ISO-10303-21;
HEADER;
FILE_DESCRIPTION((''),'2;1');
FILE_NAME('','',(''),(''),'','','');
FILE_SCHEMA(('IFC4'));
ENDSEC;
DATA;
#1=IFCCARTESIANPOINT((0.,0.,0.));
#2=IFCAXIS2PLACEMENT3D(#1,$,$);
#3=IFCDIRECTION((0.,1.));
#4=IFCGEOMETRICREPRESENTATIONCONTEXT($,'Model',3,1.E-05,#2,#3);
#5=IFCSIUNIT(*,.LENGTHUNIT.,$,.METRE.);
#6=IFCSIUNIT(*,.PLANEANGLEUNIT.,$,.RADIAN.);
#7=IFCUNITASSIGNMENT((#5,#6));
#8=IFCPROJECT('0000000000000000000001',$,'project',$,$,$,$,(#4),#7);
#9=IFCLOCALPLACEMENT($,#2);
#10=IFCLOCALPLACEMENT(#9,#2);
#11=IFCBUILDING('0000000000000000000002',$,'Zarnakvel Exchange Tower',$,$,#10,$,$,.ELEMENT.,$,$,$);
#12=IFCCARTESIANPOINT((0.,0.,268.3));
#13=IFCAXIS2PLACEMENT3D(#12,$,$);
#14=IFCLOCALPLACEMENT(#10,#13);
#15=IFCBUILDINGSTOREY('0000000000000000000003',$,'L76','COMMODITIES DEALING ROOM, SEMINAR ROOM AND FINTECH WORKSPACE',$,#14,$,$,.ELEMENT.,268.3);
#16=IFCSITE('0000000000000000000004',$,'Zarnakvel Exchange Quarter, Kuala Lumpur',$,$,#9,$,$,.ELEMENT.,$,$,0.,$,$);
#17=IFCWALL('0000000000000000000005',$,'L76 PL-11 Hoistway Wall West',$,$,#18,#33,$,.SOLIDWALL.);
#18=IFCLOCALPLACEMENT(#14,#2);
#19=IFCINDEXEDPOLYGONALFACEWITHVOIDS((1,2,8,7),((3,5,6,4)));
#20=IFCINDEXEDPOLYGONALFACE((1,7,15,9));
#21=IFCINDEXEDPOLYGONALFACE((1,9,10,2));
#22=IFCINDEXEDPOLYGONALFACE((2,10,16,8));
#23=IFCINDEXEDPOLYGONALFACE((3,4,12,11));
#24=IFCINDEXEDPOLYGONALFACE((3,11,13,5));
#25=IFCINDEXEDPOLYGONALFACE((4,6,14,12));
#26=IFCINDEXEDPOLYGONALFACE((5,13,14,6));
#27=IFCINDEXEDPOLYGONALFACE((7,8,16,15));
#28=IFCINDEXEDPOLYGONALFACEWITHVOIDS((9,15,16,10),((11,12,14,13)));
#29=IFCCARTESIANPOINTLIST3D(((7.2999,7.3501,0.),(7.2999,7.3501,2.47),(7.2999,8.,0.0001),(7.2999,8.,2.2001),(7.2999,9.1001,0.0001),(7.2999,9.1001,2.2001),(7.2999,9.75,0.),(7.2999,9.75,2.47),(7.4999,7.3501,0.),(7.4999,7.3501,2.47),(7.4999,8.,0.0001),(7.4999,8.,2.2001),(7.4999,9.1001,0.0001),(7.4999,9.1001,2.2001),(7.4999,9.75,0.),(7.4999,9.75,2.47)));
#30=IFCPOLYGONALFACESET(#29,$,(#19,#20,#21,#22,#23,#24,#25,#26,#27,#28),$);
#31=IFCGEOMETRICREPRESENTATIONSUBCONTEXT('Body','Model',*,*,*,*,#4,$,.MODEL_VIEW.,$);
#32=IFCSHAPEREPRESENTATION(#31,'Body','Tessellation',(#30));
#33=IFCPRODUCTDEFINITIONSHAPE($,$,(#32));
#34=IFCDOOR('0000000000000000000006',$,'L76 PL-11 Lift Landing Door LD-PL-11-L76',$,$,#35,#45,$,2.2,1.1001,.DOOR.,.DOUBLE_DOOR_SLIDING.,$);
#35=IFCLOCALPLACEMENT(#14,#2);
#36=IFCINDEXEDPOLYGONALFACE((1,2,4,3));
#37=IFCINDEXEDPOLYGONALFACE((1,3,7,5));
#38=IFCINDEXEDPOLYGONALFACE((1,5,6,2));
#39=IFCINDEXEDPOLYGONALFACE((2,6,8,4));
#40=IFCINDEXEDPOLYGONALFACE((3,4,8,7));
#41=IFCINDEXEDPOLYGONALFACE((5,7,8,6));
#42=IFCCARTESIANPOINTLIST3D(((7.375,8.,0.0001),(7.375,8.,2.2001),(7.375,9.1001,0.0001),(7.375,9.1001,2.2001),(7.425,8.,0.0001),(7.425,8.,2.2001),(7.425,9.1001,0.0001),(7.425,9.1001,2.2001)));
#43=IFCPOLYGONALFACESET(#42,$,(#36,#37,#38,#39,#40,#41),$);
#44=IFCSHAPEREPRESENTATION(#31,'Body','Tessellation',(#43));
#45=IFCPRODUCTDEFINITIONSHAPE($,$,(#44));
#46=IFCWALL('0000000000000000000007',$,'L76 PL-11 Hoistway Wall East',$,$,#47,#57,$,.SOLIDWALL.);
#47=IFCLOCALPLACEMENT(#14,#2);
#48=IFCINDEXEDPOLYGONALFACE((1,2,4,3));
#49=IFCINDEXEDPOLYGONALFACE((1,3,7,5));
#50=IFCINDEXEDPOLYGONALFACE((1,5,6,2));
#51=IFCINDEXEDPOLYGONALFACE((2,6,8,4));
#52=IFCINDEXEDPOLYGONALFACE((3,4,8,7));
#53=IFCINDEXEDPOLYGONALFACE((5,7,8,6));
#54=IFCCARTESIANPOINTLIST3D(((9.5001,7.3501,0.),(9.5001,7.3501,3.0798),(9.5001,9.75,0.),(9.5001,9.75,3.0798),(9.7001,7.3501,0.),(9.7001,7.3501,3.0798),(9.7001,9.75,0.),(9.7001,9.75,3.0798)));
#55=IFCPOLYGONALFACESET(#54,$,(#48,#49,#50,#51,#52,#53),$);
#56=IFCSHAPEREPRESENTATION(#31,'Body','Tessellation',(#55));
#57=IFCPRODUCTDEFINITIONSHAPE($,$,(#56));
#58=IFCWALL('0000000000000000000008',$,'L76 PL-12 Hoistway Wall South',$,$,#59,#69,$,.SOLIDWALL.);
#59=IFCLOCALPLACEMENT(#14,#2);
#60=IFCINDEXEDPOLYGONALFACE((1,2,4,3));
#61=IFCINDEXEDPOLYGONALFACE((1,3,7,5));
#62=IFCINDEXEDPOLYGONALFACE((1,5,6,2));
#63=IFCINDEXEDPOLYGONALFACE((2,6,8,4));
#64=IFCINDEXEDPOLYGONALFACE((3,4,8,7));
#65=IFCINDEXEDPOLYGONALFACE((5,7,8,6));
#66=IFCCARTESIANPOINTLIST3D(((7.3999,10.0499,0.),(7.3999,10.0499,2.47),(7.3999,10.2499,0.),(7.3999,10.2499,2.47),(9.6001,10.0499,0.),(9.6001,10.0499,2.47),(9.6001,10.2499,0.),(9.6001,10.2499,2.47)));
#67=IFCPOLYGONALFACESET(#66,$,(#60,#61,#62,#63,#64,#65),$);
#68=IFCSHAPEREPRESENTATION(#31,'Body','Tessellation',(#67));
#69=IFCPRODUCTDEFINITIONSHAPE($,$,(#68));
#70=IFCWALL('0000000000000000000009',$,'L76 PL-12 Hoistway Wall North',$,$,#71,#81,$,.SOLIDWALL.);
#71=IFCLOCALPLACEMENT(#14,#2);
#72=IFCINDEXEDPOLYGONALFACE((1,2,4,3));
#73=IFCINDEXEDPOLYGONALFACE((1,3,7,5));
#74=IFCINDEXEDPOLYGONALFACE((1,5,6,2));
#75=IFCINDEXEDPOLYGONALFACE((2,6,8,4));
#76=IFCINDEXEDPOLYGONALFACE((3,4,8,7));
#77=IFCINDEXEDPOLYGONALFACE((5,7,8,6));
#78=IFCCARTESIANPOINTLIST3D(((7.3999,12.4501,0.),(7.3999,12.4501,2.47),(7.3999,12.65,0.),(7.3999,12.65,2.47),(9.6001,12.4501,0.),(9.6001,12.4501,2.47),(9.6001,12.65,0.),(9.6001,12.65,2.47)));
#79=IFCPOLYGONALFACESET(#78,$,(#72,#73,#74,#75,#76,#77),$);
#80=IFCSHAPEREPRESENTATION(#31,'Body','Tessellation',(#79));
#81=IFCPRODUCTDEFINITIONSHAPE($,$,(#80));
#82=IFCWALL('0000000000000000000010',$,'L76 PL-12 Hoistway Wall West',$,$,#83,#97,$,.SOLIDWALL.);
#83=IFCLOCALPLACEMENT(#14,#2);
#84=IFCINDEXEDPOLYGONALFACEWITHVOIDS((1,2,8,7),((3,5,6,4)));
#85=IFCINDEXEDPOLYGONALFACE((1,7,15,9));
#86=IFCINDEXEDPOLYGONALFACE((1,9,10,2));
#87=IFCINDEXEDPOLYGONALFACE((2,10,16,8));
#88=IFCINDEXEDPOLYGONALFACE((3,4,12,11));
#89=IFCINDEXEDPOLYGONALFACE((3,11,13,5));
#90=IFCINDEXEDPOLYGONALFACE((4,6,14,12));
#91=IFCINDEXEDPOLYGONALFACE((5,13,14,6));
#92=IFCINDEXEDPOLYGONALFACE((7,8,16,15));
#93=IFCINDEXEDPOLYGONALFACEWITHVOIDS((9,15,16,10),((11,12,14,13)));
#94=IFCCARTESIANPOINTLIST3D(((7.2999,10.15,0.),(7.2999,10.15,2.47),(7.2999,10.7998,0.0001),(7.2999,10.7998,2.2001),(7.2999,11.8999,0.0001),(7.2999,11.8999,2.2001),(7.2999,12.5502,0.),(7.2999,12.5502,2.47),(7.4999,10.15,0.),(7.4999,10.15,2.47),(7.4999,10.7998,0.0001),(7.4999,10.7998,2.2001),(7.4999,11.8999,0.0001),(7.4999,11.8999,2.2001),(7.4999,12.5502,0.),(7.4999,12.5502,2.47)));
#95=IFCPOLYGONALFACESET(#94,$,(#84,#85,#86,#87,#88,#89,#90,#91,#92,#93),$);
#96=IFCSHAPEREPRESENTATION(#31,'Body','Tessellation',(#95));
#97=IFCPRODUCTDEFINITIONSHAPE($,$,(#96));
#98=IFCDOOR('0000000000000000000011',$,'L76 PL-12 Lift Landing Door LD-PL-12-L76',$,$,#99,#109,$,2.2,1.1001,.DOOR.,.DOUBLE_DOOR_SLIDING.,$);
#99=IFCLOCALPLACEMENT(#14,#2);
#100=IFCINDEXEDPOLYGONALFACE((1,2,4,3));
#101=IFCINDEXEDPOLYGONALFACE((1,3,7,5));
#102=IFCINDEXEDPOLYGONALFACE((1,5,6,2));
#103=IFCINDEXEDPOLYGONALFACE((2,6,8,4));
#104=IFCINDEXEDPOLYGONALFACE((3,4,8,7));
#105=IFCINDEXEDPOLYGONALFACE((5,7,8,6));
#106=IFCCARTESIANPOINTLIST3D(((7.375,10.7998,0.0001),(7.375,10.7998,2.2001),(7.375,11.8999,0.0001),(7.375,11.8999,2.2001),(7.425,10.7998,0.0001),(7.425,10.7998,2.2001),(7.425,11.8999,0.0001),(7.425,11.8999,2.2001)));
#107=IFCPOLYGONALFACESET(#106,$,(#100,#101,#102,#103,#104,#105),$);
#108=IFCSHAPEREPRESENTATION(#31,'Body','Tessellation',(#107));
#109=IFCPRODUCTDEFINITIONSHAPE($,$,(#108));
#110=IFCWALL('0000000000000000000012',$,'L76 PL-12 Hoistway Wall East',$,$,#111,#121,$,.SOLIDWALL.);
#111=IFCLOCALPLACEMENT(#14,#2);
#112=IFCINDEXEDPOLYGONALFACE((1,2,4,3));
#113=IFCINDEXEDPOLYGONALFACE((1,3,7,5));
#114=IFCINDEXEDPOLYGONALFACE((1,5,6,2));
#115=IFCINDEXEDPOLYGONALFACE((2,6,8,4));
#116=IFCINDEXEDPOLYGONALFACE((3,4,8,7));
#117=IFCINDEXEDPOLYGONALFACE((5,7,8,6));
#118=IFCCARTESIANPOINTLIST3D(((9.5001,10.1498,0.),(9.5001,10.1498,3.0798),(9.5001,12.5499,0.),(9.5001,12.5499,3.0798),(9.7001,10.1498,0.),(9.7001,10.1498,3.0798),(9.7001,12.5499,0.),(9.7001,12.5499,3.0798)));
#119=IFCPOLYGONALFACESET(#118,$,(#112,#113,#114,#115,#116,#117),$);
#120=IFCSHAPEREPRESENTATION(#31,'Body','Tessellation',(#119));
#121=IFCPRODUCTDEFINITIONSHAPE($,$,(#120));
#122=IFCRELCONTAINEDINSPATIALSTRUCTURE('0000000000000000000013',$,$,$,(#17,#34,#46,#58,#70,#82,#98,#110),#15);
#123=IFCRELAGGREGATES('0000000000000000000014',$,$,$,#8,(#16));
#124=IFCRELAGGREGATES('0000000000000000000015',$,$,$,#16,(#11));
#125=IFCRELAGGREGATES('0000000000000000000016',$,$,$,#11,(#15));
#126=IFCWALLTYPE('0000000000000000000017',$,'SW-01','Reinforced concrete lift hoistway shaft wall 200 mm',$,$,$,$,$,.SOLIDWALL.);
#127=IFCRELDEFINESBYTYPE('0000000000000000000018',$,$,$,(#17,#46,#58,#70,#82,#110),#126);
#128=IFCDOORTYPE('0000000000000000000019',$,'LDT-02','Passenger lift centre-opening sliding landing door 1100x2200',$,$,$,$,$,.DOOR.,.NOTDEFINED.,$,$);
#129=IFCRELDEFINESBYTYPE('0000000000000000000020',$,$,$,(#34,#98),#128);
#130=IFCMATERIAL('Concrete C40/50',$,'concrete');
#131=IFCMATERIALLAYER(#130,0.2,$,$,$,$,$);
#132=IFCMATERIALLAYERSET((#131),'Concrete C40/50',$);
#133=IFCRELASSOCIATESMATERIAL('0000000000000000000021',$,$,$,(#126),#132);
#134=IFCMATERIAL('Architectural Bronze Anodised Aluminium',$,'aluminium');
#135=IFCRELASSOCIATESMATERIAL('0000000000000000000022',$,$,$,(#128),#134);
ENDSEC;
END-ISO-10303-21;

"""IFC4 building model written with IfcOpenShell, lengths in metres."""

from ifc_helpers import new_model, si_unit, direction, frame, frame_2d, origin, place, context, subcontext, project, spatial, rectangle, extrude, source, transform, mapped, material, layer, layer_set, type_object, element, fill, save


model = new_model("IFC4")

# Units and contexts
model_context = context("Model", 3, precision=1e-05, world=origin(), true_north=direction((0.0, 1.0)))
body_context = subcontext(model_context, "Body", "Model", "MODEL_VIEW")
ifc_project = project(units=[si_unit("LENGTHUNIT", "METRE"), si_unit("PLANEANGLEUNIT", "RADIAN")], contexts=[model_context])

# Site, building, storey
site_placement = place(None, origin())
site = spatial("IfcSite", under=ifc_project, at=site_placement, Name="Zarnakvel Exchange Quarter, Kuala Lumpur", CompositionType="ELEMENT", RefElevation=0.0)
building_placement = place(site_placement, origin())
building = spatial("IfcBuilding", under=site, at=building_placement, Name="Zarnakvel Exchange Tower", CompositionType="ELEMENT")
storey_placement = place(building_placement, frame((0.0, 0.0, 268.3)))
storey = spatial("IfcBuildingStorey", under=building, at=storey_placement, Name="L76", Description="COMMODITIES DEALING ROOM, SEMINAR ROOM AND FINTECH WORKSPACE", CompositionType="ELEMENT", Elevation=268.3)

# Shared definitions
ifc_material_1 = material(Name="Architectural Bronze Anodised Aluminium", Category="aluminium")

# Shared definitions
ifc_material_2 = material(Name="Concrete C40/50", Category="concrete")
ifc_layer_1 = layer(ifc_material_2, 0.2)
ifc_layer_set_1 = layer_set([ifc_layer_1], Name="Concrete C40/50")
wall_type_1 = type_object("IfcWallType", Name="SW-01", Description="Reinforced concrete lift hoistway shaft wall 200 mm", PredefinedType="SOLIDWALL", material=ifc_layer_set_1)

# Wall, opening, door
wall_1_placement = place(storey_placement, frame((7.3999, 7.3501, 0.0), z_axis=(0.0, 0.0, 1.0), x_axis=(0.0, 1.0, 0.0)))
wall_1 = element("IfcWall", 1, at=wall_1_placement, inside=storey, type_object=wall_type_1, Name="L76 PL-11 Hoistway Wall West", PredefinedType="SOLIDWALL", context=body_context, shape_type="SweptSolid", body=[
    extrude(rectangle(XDim=2.3999, YDim=0.2, at=frame_2d((1.2, 0.0))), origin(), (0.0, 0.0, 1.0), 2.47),
])
opening_1_placement = place(wall_1_placement, frame((0.6499, 0.0, 0.0)))
opening_1 = element("IfcOpeningElement", 2, at=opening_1_placement, cuts=wall_1, PredefinedType="OPENING", context=body_context, shape_type="SweptSolid", body=[
    extrude(rectangle(XDim=1.1001, YDim=2.2, at=frame_2d((0.55, 1.1001))), frame((0.0, 0.1099, 0.0), z_axis=(0.0, -1.0, 0.0), x_axis=(1.0, 0.0, 0.0)), (0.0, 0.0, 1.0), 0.22),
])
door_type_1 = type_object("IfcDoorType", Name="LDT-02", Description="Passenger lift centre-opening sliding landing door 1100x2200", OperationType="NOTDEFINED", PredefinedType="DOOR", material=ifc_material_1)
shared_shape_1 = source(origin(), body_context, "Body", "SweptSolid", [
    extrude(rectangle(XDim=1.1001, YDim=2.2, at=frame_2d((0.55, 1.1001))), frame((0.0, 0.0249, 0.0), z_axis=(0.0, -1.0, 0.0), x_axis=(1.0, 0.0, 0.0)), (0.0, 0.0, 1.0), 0.05),
])
door_1_placement = place(opening_1_placement, origin())
door_1 = element("IfcDoor", 3, at=door_1_placement, inside=storey, type_object=door_type_1, Name="L76 PL-11 Lift Landing Door LD-PL-11-L76", OperationType="DOUBLE_DOOR_SLIDING", OverallHeight=2.2, OverallWidth=1.1001, PredefinedType="DOOR", context=body_context, shape_type="MappedRepresentation", body=[
    mapped(shared_shape_1, transform((0.0, 0.0, 0.0), x_axis=(1.0, 0.0, 0.0), y_axis=(0.0, 1.0, 0.0), z_axis=(0.0, 0.0, 1.0), scale=1.0)),
])
fill(opening_1, door_1)

# Walls
wall_2_placement = place(storey_placement, frame((9.6001, 9.75, 0.0), z_axis=(0.0, 0.0, 1.0), x_axis=(0.0, -1.0, 0.0)))
element("IfcWall", 4, at=wall_2_placement, inside=storey, type_object=wall_type_1, Name="L76 PL-11 Hoistway Wall East", PredefinedType="SOLIDWALL", context=body_context, shape_type="SweptSolid", body=[
    extrude(rectangle(XDim=2.3999, YDim=0.2, at=frame_2d((1.2, 0.0))), origin(), (0.0, 0.0, 1.0), 3.0798),
])
for number, where, z_axis, x_axis, name in (
    (5, (9.6001, 10.1499, 0.0), (0.0, 0.0, 1.0), (-1.0, 0.0, 0.0), "L76 PL-12 Hoistway Wall South"),
    (6, (7.3999, 12.55, 0.0), (0.0, 0.0, 1.0), (1.0, 0.0, 0.0), "L76 PL-12 Hoistway Wall North"),
):
    element("IfcWall", number, at=place(storey_placement, frame(where, z_axis=z_axis, x_axis=x_axis)), inside=storey, type_object=wall_type_1, Name=name, PredefinedType="SOLIDWALL", context=body_context, shape_type="SweptSolid", body=[
        extrude(rectangle(XDim=2.2002, YDim=0.2, at=frame_2d((1.1001, 0.0))), origin(), (0.0, 0.0, 1.0), 2.47),
    ])

# Wall, opening, door
wall_3_placement = place(storey_placement, frame((7.3999, 10.1499, 0.0), z_axis=(0.0, 0.0, 1.0), x_axis=(0.0, 1.0, 0.0)))
wall_3 = element("IfcWall", 7, at=wall_3_placement, inside=storey, type_object=wall_type_1, Name="L76 PL-12 Hoistway Wall West", PredefinedType="SOLIDWALL", context=body_context, shape_type="SweptSolid", body=[
    extrude(rectangle(XDim=2.4001, YDim=0.2, at=frame_2d((1.2002, 0.0))), origin(), (0.0, 0.0, 1.0), 2.47),
])
opening_2_placement = place(wall_3_placement, frame((0.6499, 0.0, 0.0)))
opening_2 = element("IfcOpeningElement", 8, at=opening_2_placement, cuts=wall_3, PredefinedType="OPENING", context=body_context, shape_type="SweptSolid", body=[
    extrude(rectangle(XDim=1.1001, YDim=2.2, at=frame_2d((0.55, 1.1001))), frame((0.0, 0.1099, 0.0), z_axis=(0.0, -1.0, 0.0), x_axis=(1.0, 0.0, 0.0)), (0.0, 0.0, 1.0), 0.22),
])
door_2_placement = place(opening_2_placement, origin())
door_2 = element("IfcDoor", 9, at=door_2_placement, inside=storey, type_object=door_type_1, Name="L76 PL-12 Lift Landing Door LD-PL-12-L76", OperationType="DOUBLE_DOOR_SLIDING", OverallHeight=2.2, OverallWidth=1.1001, PredefinedType="DOOR", context=body_context, shape_type="MappedRepresentation", body=[
    mapped(shared_shape_1, transform((0.0, 0.0, 0.0), x_axis=(1.0, 0.0, 0.0), y_axis=(0.0, 1.0, 0.0), z_axis=(0.0, 0.0, 1.0), scale=1.0)),
])
fill(opening_2, door_2)

# Wall
wall_4_placement = place(storey_placement, frame((9.6001, 12.55, 0.0), z_axis=(0.0, 0.0, 1.0), x_axis=(0.0, -1.0, 0.0)))
element("IfcWall", 10, at=wall_4_placement, inside=storey, type_object=wall_type_1, Name="L76 PL-12 Hoistway Wall East", PredefinedType="SOLIDWALL", context=body_context, shape_type="SweptSolid", body=[
    extrude(rectangle(XDim=2.4001, YDim=0.2, at=frame_2d((1.2002, 0.0))), origin(), (0.0, 0.0, 1.0), 3.0798),
])

save(model, "model.ifc")
